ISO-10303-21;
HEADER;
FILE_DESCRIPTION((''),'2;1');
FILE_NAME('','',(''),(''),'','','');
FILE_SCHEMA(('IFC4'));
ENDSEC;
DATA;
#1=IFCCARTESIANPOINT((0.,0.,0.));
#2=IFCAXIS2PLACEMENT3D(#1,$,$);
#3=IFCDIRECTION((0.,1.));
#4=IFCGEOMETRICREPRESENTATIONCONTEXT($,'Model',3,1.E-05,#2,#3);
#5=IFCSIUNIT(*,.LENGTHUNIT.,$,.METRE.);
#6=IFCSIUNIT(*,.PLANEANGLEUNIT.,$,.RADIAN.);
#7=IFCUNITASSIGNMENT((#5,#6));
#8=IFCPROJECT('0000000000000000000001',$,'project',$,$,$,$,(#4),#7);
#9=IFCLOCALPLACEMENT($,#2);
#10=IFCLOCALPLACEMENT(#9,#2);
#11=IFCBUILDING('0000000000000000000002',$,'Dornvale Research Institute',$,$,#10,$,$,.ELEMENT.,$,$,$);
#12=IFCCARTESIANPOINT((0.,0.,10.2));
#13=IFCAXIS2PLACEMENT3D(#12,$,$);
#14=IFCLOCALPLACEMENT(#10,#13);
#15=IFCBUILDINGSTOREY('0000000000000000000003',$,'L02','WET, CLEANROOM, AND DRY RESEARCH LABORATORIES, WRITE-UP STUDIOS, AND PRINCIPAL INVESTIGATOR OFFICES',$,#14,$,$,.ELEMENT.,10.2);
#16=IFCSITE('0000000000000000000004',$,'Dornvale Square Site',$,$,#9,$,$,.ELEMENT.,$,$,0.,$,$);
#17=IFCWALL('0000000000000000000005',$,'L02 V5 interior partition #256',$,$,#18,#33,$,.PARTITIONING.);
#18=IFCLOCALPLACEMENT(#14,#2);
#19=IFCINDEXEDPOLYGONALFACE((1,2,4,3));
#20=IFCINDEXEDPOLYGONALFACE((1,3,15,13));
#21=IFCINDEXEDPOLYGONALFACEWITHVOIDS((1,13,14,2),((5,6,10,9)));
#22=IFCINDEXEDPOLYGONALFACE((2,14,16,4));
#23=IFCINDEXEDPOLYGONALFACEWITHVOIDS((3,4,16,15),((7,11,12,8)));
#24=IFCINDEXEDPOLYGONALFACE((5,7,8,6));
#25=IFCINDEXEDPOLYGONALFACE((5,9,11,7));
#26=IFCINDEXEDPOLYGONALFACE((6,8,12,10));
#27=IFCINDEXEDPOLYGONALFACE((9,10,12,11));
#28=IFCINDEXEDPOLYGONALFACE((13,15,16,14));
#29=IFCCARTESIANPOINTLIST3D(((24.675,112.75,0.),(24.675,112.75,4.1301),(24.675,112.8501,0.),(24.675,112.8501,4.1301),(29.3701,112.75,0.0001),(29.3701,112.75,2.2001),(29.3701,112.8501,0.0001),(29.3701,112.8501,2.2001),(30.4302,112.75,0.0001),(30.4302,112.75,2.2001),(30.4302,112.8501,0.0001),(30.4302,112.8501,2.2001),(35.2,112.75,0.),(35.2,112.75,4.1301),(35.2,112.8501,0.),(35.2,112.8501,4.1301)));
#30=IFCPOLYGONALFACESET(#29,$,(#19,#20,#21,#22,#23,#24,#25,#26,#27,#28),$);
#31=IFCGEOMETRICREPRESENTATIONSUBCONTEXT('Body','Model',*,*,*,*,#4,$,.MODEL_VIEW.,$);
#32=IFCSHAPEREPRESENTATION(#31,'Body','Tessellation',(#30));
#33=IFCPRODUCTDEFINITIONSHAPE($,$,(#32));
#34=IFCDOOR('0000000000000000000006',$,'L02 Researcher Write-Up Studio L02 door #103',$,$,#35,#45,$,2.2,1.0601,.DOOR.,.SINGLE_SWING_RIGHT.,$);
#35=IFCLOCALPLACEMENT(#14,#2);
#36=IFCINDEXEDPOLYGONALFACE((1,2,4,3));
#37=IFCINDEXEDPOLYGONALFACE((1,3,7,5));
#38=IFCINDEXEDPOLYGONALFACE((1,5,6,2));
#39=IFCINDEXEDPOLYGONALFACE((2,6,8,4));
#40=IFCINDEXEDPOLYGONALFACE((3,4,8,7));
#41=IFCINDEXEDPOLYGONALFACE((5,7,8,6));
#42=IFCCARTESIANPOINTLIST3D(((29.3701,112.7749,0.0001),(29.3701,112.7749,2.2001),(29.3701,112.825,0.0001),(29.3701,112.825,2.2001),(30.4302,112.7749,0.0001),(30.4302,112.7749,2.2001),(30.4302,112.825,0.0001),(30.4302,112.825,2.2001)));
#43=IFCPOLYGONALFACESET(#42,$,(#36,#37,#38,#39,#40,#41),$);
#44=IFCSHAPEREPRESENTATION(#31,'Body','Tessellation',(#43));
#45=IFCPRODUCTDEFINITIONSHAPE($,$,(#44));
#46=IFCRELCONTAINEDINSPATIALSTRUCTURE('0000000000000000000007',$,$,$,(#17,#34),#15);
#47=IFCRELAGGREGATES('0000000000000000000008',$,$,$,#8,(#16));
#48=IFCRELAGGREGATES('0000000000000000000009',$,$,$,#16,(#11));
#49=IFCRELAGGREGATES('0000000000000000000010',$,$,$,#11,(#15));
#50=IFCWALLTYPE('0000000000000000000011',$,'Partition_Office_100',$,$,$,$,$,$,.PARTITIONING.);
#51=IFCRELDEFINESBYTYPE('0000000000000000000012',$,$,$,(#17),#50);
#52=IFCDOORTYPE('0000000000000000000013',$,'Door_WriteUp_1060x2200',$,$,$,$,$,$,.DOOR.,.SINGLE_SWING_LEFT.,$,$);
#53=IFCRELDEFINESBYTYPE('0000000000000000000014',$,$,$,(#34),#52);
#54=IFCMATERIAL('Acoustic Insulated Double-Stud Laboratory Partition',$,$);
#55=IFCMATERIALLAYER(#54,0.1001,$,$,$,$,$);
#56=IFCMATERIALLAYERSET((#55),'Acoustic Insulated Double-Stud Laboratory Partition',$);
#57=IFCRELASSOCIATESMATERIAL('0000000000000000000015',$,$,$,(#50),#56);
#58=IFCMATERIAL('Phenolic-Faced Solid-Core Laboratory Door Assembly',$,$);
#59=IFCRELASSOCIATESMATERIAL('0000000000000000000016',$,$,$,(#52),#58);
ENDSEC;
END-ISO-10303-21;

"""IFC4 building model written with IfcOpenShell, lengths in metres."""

from ifc_helpers import new_model, si_unit, direction, frame, frame_2d, origin, place, context, subcontext, project, spatial, rectangle, extrude, material, layer, layer_set, type_object, element, fill, save


model = new_model("IFC4")

# Units and contexts
model_context = context("Model", 3, precision=1e-05, world=origin(), true_north=direction((0.0, 1.0)))
body_context = subcontext(model_context, "Body", "Model", "MODEL_VIEW")
ifc_project = project(units=[si_unit("LENGTHUNIT", "METRE"), si_unit("PLANEANGLEUNIT", "RADIAN")], contexts=[model_context])

# Site, building, storey
site_placement = place(None, origin())
site = spatial("IfcSite", under=ifc_project, at=site_placement, Name="Dornvale Square Site", CompositionType="ELEMENT", RefElevation=0.0)
building_placement = place(site_placement, origin())
building = spatial("IfcBuilding", under=site, at=building_placement, Name="Dornvale Research Institute", CompositionType="ELEMENT")
storey_placement = place(building_placement, frame((0.0, 0.0, 10.2)))
storey = spatial("IfcBuildingStorey", under=building, at=storey_placement, Name="L02", Description="WET, CLEANROOM, AND DRY RESEARCH LABORATORIES, WRITE-UP STUDIOS, AND PRINCIPAL INVESTIGATOR OFFICES", CompositionType="ELEMENT", Elevation=10.2)

# Shared definitions
ifc_material_1 = material(Name="Acoustic Insulated Double-Stud Laboratory Partition")
ifc_layer_1 = layer(ifc_material_1, 0.1001)
ifc_layer_set_1 = layer_set([ifc_layer_1], Name="Acoustic Insulated Double-Stud Laboratory Partition")
wall_type_1 = type_object("IfcWallType", Name="Partition_Office_100", PredefinedType="PARTITIONING", material=ifc_layer_set_1)

# Wall, opening, door
wall_1_placement = place(storey_placement, frame((24.675, 112.8, 0.0), z_axis=(0.0, 0.0, 1.0), x_axis=(1.0, 0.0, 0.0)))
wall_1 = element("IfcWall", 1, at=wall_1_placement, inside=storey, type_object=wall_type_1, Name="L02 V5 interior partition #256", PredefinedType="PARTITIONING", context=body_context, shape_type="SweptSolid", body=[
    extrude(rectangle(XDim=10.5249, YDim=0.1001, at=frame_2d((5.2625, 0.0))), origin(), (0.0, 0.0, 1.0), 4.1301),
])
opening_1_placement = place(wall_1_placement, frame((4.6951, 0.0, 0.0)))
opening_1 = element("IfcOpeningElement", 2, at=opening_1_placement, cuts=wall_1, PredefinedType="OPENING", context=body_context, shape_type="SweptSolid", body=[
    extrude(rectangle(XDim=1.0601, YDim=2.2, at=frame_2d((0.53, 1.1001))), frame((0.0, 0.0649, 0.0), z_axis=(0.0, -1.0, 0.0), x_axis=(1.0, 0.0, 0.0)), (0.0, 0.0, 1.0), 0.1301),
])
ifc_material_2 = material(Name="Phenolic-Faced Solid-Core Laboratory Door Assembly")
door_type_1 = type_object("IfcDoorType", Name="Door_WriteUp_1060x2200", OperationType="SINGLE_SWING_LEFT", PredefinedType="DOOR", material=ifc_material_2)
door_1_placement = place(opening_1_placement, origin())
door_1 = element("IfcDoor", 3, at=door_1_placement, inside=storey, type_object=door_type_1, Name="L02 Researcher Write-Up Studio L02 door #103", OperationType="SINGLE_SWING_RIGHT", OverallHeight=2.2, OverallWidth=1.0601, PredefinedType="DOOR", context=body_context, shape_type="SweptSolid", body=[
    extrude(rectangle(XDim=1.0601, YDim=2.2, at=frame_2d((0.53, 1.1001))), frame((0.0, 0.0249, 0.0), z_axis=(0.0, -1.0, 0.0), x_axis=(1.0, 0.0, 0.0)), (0.0, 0.0, 1.0), 0.05),
])
fill(opening_1, door_1)

save(model, "model.ifc")
